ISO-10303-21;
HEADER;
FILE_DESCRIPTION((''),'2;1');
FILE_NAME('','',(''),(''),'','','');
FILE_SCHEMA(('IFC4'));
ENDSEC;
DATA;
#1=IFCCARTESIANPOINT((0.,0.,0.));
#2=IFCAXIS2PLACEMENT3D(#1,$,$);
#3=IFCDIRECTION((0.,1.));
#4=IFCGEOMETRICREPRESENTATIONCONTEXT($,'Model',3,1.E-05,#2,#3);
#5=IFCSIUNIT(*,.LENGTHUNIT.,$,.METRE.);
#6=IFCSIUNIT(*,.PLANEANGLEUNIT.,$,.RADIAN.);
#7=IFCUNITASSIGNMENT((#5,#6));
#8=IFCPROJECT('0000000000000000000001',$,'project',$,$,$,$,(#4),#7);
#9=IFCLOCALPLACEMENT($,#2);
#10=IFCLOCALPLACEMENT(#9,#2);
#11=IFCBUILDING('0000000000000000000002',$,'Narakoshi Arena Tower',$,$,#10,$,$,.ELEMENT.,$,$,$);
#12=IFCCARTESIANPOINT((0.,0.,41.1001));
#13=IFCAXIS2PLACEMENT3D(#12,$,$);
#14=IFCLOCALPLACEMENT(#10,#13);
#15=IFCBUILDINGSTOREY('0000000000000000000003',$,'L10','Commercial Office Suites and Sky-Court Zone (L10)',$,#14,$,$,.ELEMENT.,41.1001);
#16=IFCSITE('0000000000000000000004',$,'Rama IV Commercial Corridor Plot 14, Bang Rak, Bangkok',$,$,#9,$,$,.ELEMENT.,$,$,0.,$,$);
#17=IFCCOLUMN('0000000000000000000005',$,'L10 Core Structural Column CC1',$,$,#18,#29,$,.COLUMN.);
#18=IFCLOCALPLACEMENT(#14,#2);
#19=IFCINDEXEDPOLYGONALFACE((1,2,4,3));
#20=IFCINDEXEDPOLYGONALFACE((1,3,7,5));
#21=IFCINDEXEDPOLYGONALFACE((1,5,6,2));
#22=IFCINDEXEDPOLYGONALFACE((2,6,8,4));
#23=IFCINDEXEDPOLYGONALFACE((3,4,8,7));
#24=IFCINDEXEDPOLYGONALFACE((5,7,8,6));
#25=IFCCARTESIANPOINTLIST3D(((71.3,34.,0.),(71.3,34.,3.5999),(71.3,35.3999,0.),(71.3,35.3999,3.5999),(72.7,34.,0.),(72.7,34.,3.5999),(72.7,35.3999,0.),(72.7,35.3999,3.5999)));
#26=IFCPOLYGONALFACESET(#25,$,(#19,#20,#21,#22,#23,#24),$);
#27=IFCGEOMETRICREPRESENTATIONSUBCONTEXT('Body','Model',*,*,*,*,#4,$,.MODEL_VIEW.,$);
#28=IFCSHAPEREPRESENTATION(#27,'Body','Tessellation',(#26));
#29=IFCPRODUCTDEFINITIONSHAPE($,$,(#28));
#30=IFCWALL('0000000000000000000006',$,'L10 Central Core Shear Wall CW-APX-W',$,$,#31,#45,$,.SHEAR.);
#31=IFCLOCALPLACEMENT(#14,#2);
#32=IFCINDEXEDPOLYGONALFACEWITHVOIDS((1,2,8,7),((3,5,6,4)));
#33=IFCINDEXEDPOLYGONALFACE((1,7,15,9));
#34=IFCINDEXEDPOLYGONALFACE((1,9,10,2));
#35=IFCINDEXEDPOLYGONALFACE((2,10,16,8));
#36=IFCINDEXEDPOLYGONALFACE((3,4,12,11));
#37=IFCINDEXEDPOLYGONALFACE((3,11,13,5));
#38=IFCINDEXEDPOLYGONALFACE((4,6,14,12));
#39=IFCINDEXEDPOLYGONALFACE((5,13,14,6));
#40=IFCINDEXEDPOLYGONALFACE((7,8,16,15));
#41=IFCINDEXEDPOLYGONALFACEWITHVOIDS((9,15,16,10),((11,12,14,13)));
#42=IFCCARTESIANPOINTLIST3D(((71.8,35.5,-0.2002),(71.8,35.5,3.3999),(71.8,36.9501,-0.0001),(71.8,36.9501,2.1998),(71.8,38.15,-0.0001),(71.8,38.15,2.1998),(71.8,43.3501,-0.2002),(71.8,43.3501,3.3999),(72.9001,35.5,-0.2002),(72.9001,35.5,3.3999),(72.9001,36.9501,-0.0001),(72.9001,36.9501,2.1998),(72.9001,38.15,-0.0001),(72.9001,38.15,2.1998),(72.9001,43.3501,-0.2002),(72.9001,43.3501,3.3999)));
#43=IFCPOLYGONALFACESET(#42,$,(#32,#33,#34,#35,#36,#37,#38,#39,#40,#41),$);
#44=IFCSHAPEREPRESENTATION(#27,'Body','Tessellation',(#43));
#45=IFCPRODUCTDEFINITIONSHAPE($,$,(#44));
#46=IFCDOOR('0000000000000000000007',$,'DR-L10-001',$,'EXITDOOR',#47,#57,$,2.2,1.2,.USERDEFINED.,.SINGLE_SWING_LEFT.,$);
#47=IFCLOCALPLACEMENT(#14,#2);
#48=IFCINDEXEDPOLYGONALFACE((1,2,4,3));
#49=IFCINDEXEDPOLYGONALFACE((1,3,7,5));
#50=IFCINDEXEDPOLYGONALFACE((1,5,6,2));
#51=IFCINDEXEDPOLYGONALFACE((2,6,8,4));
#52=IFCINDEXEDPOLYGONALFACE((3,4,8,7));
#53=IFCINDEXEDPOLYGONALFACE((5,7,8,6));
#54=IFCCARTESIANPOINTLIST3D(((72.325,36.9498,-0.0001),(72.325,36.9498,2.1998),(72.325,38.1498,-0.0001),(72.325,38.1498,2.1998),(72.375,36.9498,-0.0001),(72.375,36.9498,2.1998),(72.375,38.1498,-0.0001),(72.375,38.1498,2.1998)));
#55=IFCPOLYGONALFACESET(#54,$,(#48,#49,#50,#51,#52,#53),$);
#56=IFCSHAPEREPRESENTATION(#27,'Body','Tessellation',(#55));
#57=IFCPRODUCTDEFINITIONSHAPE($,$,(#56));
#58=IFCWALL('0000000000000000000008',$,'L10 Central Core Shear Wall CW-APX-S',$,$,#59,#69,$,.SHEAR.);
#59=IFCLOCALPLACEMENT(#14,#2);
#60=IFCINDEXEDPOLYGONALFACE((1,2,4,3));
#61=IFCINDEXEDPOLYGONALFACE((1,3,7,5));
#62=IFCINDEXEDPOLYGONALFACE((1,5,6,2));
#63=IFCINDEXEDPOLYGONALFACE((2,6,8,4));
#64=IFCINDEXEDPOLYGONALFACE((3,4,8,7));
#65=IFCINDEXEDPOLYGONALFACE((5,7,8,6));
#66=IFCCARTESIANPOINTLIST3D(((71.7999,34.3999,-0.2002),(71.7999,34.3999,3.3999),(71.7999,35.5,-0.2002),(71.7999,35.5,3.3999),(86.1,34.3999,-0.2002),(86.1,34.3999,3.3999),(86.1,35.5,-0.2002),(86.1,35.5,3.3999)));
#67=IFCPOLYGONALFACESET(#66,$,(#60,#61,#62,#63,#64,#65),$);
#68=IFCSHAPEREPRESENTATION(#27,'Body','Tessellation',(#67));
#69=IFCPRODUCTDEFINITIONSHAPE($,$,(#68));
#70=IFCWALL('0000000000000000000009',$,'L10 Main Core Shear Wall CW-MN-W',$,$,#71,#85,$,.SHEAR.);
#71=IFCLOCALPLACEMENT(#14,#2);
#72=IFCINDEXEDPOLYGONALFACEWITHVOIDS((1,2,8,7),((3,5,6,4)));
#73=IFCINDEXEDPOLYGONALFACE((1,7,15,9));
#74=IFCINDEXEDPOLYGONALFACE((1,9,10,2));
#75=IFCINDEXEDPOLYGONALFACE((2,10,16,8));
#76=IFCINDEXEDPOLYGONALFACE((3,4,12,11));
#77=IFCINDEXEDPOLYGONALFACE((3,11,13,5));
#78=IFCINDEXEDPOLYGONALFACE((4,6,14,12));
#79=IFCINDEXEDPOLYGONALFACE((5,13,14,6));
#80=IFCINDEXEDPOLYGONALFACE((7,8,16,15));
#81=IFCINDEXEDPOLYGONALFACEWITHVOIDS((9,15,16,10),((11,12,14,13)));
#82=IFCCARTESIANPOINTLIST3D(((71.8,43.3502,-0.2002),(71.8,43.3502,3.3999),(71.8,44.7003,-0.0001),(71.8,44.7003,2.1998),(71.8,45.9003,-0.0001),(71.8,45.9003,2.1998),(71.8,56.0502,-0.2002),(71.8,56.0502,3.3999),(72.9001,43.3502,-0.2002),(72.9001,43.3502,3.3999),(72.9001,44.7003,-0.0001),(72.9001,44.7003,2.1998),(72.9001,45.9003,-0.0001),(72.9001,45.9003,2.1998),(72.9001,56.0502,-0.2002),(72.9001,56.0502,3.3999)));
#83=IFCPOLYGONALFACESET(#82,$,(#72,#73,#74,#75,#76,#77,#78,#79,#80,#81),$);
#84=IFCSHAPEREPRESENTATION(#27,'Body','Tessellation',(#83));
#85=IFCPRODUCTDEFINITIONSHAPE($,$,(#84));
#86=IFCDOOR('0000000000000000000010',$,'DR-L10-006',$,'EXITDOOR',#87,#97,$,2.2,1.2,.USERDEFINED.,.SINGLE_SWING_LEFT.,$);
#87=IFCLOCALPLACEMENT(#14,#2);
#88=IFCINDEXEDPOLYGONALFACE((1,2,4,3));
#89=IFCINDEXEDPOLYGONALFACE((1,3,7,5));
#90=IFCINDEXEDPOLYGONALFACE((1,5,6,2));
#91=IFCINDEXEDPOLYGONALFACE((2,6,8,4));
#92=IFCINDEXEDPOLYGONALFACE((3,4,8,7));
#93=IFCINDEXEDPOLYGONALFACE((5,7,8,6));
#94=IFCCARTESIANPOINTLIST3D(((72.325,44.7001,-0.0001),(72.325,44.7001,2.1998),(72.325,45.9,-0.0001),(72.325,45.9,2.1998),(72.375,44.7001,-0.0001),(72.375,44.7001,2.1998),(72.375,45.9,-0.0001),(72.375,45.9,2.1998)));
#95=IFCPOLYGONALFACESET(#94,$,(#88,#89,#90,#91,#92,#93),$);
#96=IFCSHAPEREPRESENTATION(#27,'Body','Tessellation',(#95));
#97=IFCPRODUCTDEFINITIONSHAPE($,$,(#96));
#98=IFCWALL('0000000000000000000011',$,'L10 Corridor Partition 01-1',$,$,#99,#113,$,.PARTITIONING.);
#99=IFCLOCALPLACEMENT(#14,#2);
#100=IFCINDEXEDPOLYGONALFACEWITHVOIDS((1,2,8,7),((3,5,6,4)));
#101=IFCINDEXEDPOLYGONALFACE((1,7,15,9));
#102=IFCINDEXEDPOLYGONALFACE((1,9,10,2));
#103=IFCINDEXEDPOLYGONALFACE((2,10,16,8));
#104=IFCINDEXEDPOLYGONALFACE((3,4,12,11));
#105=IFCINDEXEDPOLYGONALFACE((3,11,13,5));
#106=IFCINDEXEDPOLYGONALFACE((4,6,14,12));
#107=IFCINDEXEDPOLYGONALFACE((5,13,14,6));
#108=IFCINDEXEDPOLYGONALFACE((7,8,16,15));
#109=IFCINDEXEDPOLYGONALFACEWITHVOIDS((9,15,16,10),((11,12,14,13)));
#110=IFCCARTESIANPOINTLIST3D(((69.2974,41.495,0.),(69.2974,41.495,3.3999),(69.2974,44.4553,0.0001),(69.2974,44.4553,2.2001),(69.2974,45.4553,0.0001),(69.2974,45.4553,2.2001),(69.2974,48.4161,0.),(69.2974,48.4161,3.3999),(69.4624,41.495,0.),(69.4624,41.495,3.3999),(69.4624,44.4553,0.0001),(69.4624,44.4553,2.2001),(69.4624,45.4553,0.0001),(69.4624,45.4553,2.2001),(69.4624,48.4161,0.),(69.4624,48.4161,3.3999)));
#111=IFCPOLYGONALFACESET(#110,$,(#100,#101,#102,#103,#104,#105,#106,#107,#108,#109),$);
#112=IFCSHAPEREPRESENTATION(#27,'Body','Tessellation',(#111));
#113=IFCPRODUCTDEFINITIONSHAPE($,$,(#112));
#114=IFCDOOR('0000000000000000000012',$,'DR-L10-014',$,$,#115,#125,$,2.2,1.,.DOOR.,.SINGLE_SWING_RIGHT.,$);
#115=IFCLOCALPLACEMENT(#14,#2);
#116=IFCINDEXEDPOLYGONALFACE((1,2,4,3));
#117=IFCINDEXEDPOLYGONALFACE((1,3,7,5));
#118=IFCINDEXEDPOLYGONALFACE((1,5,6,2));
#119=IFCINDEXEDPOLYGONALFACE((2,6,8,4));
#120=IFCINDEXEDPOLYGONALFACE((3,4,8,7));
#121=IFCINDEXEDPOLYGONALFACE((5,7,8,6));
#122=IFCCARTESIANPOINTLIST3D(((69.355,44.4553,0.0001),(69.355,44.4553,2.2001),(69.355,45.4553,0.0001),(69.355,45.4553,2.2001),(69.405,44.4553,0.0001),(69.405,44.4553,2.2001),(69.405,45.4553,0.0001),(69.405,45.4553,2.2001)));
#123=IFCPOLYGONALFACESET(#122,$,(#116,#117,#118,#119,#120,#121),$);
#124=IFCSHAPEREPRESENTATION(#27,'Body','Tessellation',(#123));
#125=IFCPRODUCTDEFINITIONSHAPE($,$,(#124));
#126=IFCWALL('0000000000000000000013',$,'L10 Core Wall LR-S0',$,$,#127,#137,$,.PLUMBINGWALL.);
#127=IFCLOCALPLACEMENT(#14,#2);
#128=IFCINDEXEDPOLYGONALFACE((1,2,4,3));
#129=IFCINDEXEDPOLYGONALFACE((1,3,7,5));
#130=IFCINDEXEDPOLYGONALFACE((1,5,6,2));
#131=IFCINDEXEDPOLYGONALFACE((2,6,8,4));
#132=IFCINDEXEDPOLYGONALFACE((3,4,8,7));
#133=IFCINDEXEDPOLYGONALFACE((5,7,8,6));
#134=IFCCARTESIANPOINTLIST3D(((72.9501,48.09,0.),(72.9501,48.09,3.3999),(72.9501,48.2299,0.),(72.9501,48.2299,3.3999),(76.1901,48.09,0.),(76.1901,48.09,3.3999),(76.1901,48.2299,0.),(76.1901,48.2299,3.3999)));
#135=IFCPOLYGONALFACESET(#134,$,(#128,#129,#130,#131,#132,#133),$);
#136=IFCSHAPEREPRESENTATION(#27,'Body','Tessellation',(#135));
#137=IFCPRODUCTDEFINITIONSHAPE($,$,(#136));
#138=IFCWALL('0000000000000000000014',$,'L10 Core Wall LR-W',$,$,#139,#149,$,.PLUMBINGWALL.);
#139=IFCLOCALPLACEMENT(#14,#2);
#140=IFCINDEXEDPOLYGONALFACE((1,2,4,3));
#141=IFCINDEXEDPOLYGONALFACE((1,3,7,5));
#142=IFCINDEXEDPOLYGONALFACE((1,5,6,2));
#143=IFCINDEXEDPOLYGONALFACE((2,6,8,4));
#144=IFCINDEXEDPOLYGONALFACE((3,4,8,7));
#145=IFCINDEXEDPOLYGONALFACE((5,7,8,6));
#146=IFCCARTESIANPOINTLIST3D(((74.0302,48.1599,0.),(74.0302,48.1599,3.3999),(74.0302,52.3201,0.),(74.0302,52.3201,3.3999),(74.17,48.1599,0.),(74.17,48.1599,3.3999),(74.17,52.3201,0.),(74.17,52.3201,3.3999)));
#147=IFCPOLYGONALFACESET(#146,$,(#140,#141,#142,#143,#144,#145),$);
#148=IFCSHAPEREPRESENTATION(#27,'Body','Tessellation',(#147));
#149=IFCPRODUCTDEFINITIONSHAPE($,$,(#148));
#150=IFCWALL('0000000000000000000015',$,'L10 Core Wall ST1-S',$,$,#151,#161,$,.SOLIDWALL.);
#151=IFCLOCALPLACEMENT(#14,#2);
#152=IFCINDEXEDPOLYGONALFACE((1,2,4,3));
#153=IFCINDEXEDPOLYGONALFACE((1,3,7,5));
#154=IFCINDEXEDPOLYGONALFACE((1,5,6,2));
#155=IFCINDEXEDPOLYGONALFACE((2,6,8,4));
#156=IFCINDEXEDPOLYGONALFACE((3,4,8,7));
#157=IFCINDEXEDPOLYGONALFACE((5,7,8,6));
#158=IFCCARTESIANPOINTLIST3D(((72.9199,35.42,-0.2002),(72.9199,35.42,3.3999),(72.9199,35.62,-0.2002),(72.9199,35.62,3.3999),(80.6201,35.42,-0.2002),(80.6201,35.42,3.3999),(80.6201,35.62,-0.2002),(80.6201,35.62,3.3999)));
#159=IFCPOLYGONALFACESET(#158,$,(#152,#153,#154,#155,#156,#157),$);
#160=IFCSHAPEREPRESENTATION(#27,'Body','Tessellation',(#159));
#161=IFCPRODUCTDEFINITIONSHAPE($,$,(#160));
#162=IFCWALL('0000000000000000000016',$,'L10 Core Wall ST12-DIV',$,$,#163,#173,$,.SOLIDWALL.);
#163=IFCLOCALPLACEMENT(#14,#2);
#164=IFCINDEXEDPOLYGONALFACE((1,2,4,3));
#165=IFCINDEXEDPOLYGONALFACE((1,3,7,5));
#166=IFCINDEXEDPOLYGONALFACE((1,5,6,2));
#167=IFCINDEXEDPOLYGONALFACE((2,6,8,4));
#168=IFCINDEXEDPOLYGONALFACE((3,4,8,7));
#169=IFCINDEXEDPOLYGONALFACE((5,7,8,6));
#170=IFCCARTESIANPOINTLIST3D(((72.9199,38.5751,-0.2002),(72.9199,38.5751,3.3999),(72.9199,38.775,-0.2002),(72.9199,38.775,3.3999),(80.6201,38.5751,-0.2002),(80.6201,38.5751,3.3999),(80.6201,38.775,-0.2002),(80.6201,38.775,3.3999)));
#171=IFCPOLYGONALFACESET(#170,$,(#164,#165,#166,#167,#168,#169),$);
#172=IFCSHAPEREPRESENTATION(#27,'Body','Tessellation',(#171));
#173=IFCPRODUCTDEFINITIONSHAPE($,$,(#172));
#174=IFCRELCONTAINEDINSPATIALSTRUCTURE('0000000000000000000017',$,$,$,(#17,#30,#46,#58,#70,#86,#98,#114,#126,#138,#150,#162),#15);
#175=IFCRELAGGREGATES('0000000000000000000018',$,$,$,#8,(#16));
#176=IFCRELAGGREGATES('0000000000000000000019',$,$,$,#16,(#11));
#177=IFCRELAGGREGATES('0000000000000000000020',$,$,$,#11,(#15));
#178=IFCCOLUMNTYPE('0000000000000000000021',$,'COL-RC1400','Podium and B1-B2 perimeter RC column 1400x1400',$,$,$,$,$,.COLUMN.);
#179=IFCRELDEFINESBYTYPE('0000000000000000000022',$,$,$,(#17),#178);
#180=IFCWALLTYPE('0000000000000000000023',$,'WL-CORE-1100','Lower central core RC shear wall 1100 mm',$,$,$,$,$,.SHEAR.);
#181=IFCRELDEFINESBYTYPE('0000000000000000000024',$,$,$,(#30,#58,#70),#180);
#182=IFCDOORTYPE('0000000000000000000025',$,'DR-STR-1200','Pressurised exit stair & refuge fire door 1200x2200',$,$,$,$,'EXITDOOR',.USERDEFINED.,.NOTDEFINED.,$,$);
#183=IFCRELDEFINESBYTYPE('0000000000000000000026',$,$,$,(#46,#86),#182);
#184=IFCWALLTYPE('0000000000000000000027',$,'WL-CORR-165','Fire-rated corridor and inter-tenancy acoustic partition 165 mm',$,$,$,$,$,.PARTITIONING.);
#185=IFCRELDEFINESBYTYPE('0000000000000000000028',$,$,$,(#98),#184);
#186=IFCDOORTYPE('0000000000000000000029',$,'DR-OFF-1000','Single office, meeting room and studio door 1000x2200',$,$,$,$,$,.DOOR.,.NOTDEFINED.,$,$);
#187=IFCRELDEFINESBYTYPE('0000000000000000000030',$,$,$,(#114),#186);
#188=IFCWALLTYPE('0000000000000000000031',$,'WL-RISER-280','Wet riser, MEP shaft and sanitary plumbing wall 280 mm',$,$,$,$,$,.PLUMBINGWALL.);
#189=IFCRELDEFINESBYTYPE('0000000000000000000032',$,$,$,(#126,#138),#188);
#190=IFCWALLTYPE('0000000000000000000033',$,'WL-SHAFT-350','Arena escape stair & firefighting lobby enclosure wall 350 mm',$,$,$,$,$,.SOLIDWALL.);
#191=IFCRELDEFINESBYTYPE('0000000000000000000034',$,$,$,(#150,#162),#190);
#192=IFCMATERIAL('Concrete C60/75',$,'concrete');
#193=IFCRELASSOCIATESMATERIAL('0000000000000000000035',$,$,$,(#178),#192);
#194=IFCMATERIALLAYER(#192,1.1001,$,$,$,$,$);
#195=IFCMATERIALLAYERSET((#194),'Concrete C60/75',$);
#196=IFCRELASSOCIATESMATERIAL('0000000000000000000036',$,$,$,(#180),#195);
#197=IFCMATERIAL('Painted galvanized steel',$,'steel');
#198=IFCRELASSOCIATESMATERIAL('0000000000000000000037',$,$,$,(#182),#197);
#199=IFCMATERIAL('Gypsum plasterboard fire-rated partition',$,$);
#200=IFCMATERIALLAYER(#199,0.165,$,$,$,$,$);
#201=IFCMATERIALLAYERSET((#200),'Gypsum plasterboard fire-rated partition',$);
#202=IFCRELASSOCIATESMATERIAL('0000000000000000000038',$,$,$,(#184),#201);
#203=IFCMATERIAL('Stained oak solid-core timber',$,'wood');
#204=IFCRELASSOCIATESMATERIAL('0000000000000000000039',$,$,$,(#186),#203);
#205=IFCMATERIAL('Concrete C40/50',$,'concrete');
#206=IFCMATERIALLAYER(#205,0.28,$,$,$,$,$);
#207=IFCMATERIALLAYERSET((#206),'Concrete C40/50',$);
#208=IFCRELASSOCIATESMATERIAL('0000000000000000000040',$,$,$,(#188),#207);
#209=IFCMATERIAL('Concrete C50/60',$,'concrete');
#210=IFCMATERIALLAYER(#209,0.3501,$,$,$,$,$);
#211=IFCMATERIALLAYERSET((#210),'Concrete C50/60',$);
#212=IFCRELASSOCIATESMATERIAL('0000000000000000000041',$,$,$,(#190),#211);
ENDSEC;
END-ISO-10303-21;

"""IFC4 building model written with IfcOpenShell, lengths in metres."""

from ifc_helpers import new_model, si_unit, direction, frame, frame_2d, origin, origin_2d, place, context, subcontext, project, spatial, rectangle, extrude, material, layer, layer_set, material_profile, profile_set, type_object, element, fill, save


model = new_model("IFC4")

# Units and contexts
model_context = context("Model", 3, precision=1e-05, world=origin(), true_north=direction((0.0, 1.0)))
body_context = subcontext(model_context, "Body", "Model", "MODEL_VIEW")
ifc_project = project(units=[si_unit("LENGTHUNIT", "METRE"), si_unit("PLANEANGLEUNIT", "RADIAN")], contexts=[model_context])

# Site, building, storey
site_placement = place(None, origin())
site = spatial("IfcSite", under=ifc_project, at=site_placement, Name="Rama IV Commercial Corridor Plot 14, Bang Rak, Bangkok", CompositionType="ELEMENT", RefElevation=0.0)
building_placement = place(site_placement, origin())
building = spatial("IfcBuilding", under=site, at=building_placement, Name="Narakoshi Arena Tower", CompositionType="ELEMENT")
storey_placement = place(building_placement, frame((0.0, 0.0, 41.1001)))
storey = spatial("IfcBuildingStorey", under=building, at=storey_placement, Name="L10", Description="Commercial Office Suites and Sky-Court Zone (L10)", CompositionType="ELEMENT", Elevation=41.1001)

# Column
ifc_material_1 = material(Name="Concrete C60/75", Category="concrete")
ifc_material_profile = material_profile(ifc_material_1, rectangle(XDim=1.3999, YDim=1.3999, at=origin_2d()), Name="RC1400x1400")
ifc_profile_set = profile_set([ifc_material_profile], Name="Concrete C60/75")
column_type = type_object("IfcColumnType", Name="COL-RC1400", Description="Podium and B1-B2 perimeter RC column 1400x1400", PredefinedType="COLUMN", material=ifc_profile_set)
column_placement = place(storey_placement, frame((72.0, 34.7, 0.0), z_axis=(0.0, 0.0, 1.0), x_axis=(1.0, 0.0, 0.0)))
element("IfcColumn", 1, at=column_placement, inside=storey, type_object=column_type, Name="L10 Core Structural Column CC1", PredefinedType="COLUMN", context=body_context, shape_type="SweptSolid", body=[
    extrude(rectangle(XDim=1.3999, YDim=1.3999, at=origin_2d()), origin(), (0.0, 0.0, 1.0), 3.5999),
])

# Wall, opening, door
ifc_layer_1 = layer(ifc_material_1, 1.1001)
ifc_layer_set_1 = layer_set([ifc_layer_1], Name="Concrete C60/75")
wall_type_1 = type_object("IfcWallType", Name="WL-CORE-1100", Description="Lower central core RC shear wall 1100 mm", PredefinedType="SHEAR", material=ifc_layer_set_1)
wall_1_placement = place(storey_placement, frame((72.3501, 35.5, -0.2002), z_axis=(0.0, 0.0, 1.0), x_axis=(0.0, 1.0, 0.0)))
wall_1 = element("IfcWall", 2, at=wall_1_placement, inside=storey, type_object=wall_type_1, Name="L10 Central Core Shear Wall CW-APX-W", PredefinedType="SHEAR", context=body_context, shape_type="SweptSolid", body=[
    extrude(rectangle(XDim=7.8501, YDim=1.1001, at=frame_2d((3.925, 0.0))), origin(), (0.0, 0.0, 1.0), 3.6001),
])
opening_1_placement = place(wall_1_placement, frame((1.45, 0.0, 0.2)))
opening_1 = element("IfcOpeningElement", 3, at=opening_1_placement, cuts=wall_1, PredefinedType="OPENING", context=body_context, shape_type="SweptSolid", body=[
    extrude(rectangle(XDim=1.2, YDim=2.2, at=frame_2d((0.6001, 1.1001))), frame((0.0, 0.5601, 0.0), z_axis=(0.0, -1.0, 0.0), x_axis=(1.0, 0.0, 0.0)), (0.0, 0.0, 1.0), 1.1201),
])
ifc_material_2 = material(Name="Painted galvanized steel", Category="steel")
door_type_1 = type_object("IfcDoorType", Name="DR-STR-1200", Description="Pressurised exit stair & refuge fire door 1200x2200", ElementType="EXITDOOR", OperationType="NOTDEFINED", PredefinedType="USERDEFINED", material=ifc_material_2)
door_1_placement = place(opening_1_placement, frame((1.2, 0.0, 0.0), z_axis=(0.0, 0.0, 1.0), x_axis=(-1.0, 0.0, 0.0)))
door_1 = element("IfcDoor", 4, at=door_1_placement, inside=storey, type_object=door_type_1, Name="DR-L10-001", ObjectType="EXITDOOR", OperationType="SINGLE_SWING_LEFT", OverallHeight=2.2, OverallWidth=1.2, PredefinedType="USERDEFINED", context=body_context, shape_type="SweptSolid", body=[
    extrude(rectangle(XDim=1.2, YDim=2.2, at=frame_2d((0.6001, 1.1001))), frame((0.0, 0.0249, 0.0), z_axis=(0.0, -1.0, 0.0), x_axis=(1.0, 0.0, 0.0)), (0.0, 0.0, 1.0), 0.05),
])
fill(opening_1, door_1)

# Wall
wall_2_placement = place(storey_placement, frame((71.8, 34.95, -0.2002), z_axis=(0.0, 0.0, 1.0), x_axis=(1.0, 0.0, 0.0)))
element("IfcWall", 5, at=wall_2_placement, inside=storey, type_object=wall_type_1, Name="L10 Central Core Shear Wall CW-APX-S", PredefinedType="SHEAR", context=body_context, shape_type="SweptSolid", body=[
    extrude(rectangle(XDim=14.3, YDim=1.1001, at=frame_2d((7.1499, 0.0))), origin(), (0.0, 0.0, 1.0), 3.6001),
])

# Walls, openings, doors
wall_3_placement = place(storey_placement, frame((72.3501, 43.3501, -0.2002), z_axis=(0.0, 0.0, 1.0), x_axis=(0.0, 1.0, 0.0)))
wall_3 = element("IfcWall", 6, at=wall_3_placement, inside=storey, type_object=wall_type_1, Name="L10 Main Core Shear Wall CW-MN-W", PredefinedType="SHEAR", context=body_context, shape_type="SweptSolid", body=[
    extrude(rectangle(XDim=12.7, YDim=1.1001, at=frame_2d((6.3501, 0.0))), origin(), (0.0, 0.0, 1.0), 3.6001),
])
opening_2_placement = place(wall_3_placement, frame((1.3501, 0.0, 0.2)))
opening_2 = element("IfcOpeningElement", 7, at=opening_2_placement, cuts=wall_3, PredefinedType="OPENING", context=body_context, shape_type="SweptSolid", body=[
    extrude(rectangle(XDim=1.2, YDim=2.2, at=frame_2d((0.6001, 1.1001))), frame((0.0, 0.5601, 0.0), z_axis=(0.0, -1.0, 0.0), x_axis=(1.0, 0.0, 0.0)), (0.0, 0.0, 1.0), 1.1201),
])
door_2_placement = place(opening_2_placement, frame((1.2, 0.0, 0.0), z_axis=(0.0, 0.0, 1.0), x_axis=(-1.0, 0.0, 0.0)))
door_2 = element("IfcDoor", 8, at=door_2_placement, inside=storey, type_object=door_type_1, Name="DR-L10-006", ObjectType="EXITDOOR", OperationType="SINGLE_SWING_LEFT", OverallHeight=2.2, OverallWidth=1.2, PredefinedType="USERDEFINED", context=body_context, shape_type="SweptSolid", body=[
    extrude(rectangle(XDim=1.2, YDim=2.2, at=frame_2d((0.6001, 1.1001))), frame((0.0, 0.0249, 0.0), z_axis=(0.0, -1.0, 0.0), x_axis=(1.0, 0.0, 0.0)), (0.0, 0.0, 1.0), 0.05),
])
fill(opening_2, door_2)
ifc_material_3 = material(Name="Gypsum plasterboard fire-rated partition")
ifc_layer_2 = layer(ifc_material_3, 0.165)
ifc_layer_set_2 = layer_set([ifc_layer_2], Name="Gypsum plasterboard fire-rated partition")
wall_type_2 = type_object("IfcWallType", Name="WL-CORR-165", Description="Fire-rated corridor and inter-tenancy acoustic partition 165 mm", PredefinedType="PARTITIONING", material=ifc_layer_set_2)
wall_4_placement = place(storey_placement, frame((69.3799, 48.416, 0.0), z_axis=(0.0, 0.0, 1.0), x_axis=(0.0, -1.0, 0.0)))
wall_4 = element("IfcWall", 9, at=wall_4_placement, inside=storey, type_object=wall_type_2, Name="L10 Corridor Partition 01-1", PredefinedType="PARTITIONING", context=body_context, shape_type="SweptSolid", body=[
    extrude(rectangle(XDim=6.9211, YDim=0.165, at=frame_2d((3.4604, 0.0))), origin(), (0.0, 0.0, 1.0), 3.3999),
])
opening_3_placement = place(wall_4_placement, frame((2.9607, 0.0, 0.0)))
opening_3 = element("IfcOpeningElement", 10, at=opening_3_placement, cuts=wall_4, PredefinedType="OPENING", context=body_context, shape_type="SweptSolid", body=[
    extrude(rectangle(XDim=1.0, YDim=2.2, at=frame_2d((0.5, 1.1001))), frame((0.0, 0.0925, 0.0), z_axis=(0.0, -1.0, 0.0), x_axis=(1.0, 0.0, 0.0)), (0.0, 0.0, 1.0), 0.1851),
])
ifc_material_4 = material(Name="Stained oak solid-core timber", Category="wood")
door_type_2 = type_object("IfcDoorType", Name="DR-OFF-1000", Description="Single office, meeting room and studio door 1000x2200", OperationType="NOTDEFINED", PredefinedType="DOOR", material=ifc_material_4)
door_3_placement = place(opening_3_placement, frame((1.0, 0.0, 0.0), z_axis=(0.0, 0.0, 1.0), x_axis=(-1.0, 0.0, 0.0)))
door_3 = element("IfcDoor", 11, at=door_3_placement, inside=storey, type_object=door_type_2, Name="DR-L10-014", OperationType="SINGLE_SWING_RIGHT", OverallHeight=2.2, OverallWidth=1.0, PredefinedType="DOOR", context=body_context, shape_type="SweptSolid", body=[
    extrude(rectangle(XDim=1.0, YDim=2.2, at=frame_2d((0.5, 1.1001))), frame((0.0, 0.0249, 0.0), z_axis=(0.0, -1.0, 0.0), x_axis=(1.0, 0.0, 0.0)), (0.0, 0.0, 1.0), 0.05),
])
fill(opening_3, door_3)

# Walls
ifc_material_5 = material(Name="Concrete C40/50", Category="concrete")
ifc_layer_3 = layer(ifc_material_5, 0.28)
ifc_layer_set_3 = layer_set([ifc_layer_3], Name="Concrete C40/50")
wall_type_3 = type_object("IfcWallType", Name="WL-RISER-280", Description="Wet riser, MEP shaft and sanitary plumbing wall 280 mm", PredefinedType="PLUMBINGWALL", material=ifc_layer_set_3)
wall_5_placement = place(storey_placement, frame((72.95, 48.1599, 0.0), z_axis=(0.0, 0.0, 1.0), x_axis=(1.0, 0.0, 0.0)))
element("IfcWall", 12, at=wall_5_placement, inside=storey, type_object=wall_type_3, Name="L10 Core Wall LR-S0", PredefinedType="PLUMBINGWALL", context=body_context, shape_type="SweptSolid", body=[
    extrude(rectangle(XDim=3.24, YDim=0.1399, at=frame_2d((1.6201, 0.0))), origin(), (0.0, 0.0, 1.0), 3.3999),
])
wall_6_placement = place(storey_placement, frame((74.1001, 48.1599, 0.0), z_axis=(0.0, 0.0, 1.0), x_axis=(0.0, 1.0, 0.0)))
element("IfcWall", 13, at=wall_6_placement, inside=storey, type_object=wall_type_3, Name="L10 Core Wall LR-W", PredefinedType="PLUMBINGWALL", context=body_context, shape_type="SweptSolid", body=[
    extrude(rectangle(XDim=4.1602, YDim=0.1399, at=frame_2d((2.0801, 0.0))), origin(), (0.0, 0.0, 1.0), 3.3999),
])
ifc_material_6 = material(Name="Concrete C50/60", Category="concrete")
ifc_layer_4 = layer(ifc_material_6, 0.3501)
ifc_layer_set_4 = layer_set([ifc_layer_4], Name="Concrete C50/60")
wall_type_4 = type_object("IfcWallType", Name="WL-SHAFT-350", Description="Arena escape stair & firefighting lobby enclosure wall 350 mm", PredefinedType="SOLIDWALL", material=ifc_layer_set_4)
for number, where, z_axis, x_axis, name in (
    (14, (72.9199, 35.52, -0.2002), (0.0, 0.0, 1.0), (1.0, 0.0, 0.0), "L10 Core Wall ST1-S"),
    (15, (72.9199, 38.675, -0.2002), (0.0, 0.0, 1.0), (1.0, 0.0, 0.0), "L10 Core Wall ST12-DIV"),
):
    element("IfcWall", number, at=place(storey_placement, frame(where, z_axis=z_axis, x_axis=x_axis)), inside=storey, type_object=wall_type_4, Name=name, PredefinedType="SOLIDWALL", context=body_context, shape_type="SweptSolid", body=[
        extrude(rectangle(XDim=7.7002, YDim=0.2, at=frame_2d((3.8501, 0.0))), origin(), (0.0, 0.0, 1.0), 3.6001),
    ])

save(model, "model.ifc")
